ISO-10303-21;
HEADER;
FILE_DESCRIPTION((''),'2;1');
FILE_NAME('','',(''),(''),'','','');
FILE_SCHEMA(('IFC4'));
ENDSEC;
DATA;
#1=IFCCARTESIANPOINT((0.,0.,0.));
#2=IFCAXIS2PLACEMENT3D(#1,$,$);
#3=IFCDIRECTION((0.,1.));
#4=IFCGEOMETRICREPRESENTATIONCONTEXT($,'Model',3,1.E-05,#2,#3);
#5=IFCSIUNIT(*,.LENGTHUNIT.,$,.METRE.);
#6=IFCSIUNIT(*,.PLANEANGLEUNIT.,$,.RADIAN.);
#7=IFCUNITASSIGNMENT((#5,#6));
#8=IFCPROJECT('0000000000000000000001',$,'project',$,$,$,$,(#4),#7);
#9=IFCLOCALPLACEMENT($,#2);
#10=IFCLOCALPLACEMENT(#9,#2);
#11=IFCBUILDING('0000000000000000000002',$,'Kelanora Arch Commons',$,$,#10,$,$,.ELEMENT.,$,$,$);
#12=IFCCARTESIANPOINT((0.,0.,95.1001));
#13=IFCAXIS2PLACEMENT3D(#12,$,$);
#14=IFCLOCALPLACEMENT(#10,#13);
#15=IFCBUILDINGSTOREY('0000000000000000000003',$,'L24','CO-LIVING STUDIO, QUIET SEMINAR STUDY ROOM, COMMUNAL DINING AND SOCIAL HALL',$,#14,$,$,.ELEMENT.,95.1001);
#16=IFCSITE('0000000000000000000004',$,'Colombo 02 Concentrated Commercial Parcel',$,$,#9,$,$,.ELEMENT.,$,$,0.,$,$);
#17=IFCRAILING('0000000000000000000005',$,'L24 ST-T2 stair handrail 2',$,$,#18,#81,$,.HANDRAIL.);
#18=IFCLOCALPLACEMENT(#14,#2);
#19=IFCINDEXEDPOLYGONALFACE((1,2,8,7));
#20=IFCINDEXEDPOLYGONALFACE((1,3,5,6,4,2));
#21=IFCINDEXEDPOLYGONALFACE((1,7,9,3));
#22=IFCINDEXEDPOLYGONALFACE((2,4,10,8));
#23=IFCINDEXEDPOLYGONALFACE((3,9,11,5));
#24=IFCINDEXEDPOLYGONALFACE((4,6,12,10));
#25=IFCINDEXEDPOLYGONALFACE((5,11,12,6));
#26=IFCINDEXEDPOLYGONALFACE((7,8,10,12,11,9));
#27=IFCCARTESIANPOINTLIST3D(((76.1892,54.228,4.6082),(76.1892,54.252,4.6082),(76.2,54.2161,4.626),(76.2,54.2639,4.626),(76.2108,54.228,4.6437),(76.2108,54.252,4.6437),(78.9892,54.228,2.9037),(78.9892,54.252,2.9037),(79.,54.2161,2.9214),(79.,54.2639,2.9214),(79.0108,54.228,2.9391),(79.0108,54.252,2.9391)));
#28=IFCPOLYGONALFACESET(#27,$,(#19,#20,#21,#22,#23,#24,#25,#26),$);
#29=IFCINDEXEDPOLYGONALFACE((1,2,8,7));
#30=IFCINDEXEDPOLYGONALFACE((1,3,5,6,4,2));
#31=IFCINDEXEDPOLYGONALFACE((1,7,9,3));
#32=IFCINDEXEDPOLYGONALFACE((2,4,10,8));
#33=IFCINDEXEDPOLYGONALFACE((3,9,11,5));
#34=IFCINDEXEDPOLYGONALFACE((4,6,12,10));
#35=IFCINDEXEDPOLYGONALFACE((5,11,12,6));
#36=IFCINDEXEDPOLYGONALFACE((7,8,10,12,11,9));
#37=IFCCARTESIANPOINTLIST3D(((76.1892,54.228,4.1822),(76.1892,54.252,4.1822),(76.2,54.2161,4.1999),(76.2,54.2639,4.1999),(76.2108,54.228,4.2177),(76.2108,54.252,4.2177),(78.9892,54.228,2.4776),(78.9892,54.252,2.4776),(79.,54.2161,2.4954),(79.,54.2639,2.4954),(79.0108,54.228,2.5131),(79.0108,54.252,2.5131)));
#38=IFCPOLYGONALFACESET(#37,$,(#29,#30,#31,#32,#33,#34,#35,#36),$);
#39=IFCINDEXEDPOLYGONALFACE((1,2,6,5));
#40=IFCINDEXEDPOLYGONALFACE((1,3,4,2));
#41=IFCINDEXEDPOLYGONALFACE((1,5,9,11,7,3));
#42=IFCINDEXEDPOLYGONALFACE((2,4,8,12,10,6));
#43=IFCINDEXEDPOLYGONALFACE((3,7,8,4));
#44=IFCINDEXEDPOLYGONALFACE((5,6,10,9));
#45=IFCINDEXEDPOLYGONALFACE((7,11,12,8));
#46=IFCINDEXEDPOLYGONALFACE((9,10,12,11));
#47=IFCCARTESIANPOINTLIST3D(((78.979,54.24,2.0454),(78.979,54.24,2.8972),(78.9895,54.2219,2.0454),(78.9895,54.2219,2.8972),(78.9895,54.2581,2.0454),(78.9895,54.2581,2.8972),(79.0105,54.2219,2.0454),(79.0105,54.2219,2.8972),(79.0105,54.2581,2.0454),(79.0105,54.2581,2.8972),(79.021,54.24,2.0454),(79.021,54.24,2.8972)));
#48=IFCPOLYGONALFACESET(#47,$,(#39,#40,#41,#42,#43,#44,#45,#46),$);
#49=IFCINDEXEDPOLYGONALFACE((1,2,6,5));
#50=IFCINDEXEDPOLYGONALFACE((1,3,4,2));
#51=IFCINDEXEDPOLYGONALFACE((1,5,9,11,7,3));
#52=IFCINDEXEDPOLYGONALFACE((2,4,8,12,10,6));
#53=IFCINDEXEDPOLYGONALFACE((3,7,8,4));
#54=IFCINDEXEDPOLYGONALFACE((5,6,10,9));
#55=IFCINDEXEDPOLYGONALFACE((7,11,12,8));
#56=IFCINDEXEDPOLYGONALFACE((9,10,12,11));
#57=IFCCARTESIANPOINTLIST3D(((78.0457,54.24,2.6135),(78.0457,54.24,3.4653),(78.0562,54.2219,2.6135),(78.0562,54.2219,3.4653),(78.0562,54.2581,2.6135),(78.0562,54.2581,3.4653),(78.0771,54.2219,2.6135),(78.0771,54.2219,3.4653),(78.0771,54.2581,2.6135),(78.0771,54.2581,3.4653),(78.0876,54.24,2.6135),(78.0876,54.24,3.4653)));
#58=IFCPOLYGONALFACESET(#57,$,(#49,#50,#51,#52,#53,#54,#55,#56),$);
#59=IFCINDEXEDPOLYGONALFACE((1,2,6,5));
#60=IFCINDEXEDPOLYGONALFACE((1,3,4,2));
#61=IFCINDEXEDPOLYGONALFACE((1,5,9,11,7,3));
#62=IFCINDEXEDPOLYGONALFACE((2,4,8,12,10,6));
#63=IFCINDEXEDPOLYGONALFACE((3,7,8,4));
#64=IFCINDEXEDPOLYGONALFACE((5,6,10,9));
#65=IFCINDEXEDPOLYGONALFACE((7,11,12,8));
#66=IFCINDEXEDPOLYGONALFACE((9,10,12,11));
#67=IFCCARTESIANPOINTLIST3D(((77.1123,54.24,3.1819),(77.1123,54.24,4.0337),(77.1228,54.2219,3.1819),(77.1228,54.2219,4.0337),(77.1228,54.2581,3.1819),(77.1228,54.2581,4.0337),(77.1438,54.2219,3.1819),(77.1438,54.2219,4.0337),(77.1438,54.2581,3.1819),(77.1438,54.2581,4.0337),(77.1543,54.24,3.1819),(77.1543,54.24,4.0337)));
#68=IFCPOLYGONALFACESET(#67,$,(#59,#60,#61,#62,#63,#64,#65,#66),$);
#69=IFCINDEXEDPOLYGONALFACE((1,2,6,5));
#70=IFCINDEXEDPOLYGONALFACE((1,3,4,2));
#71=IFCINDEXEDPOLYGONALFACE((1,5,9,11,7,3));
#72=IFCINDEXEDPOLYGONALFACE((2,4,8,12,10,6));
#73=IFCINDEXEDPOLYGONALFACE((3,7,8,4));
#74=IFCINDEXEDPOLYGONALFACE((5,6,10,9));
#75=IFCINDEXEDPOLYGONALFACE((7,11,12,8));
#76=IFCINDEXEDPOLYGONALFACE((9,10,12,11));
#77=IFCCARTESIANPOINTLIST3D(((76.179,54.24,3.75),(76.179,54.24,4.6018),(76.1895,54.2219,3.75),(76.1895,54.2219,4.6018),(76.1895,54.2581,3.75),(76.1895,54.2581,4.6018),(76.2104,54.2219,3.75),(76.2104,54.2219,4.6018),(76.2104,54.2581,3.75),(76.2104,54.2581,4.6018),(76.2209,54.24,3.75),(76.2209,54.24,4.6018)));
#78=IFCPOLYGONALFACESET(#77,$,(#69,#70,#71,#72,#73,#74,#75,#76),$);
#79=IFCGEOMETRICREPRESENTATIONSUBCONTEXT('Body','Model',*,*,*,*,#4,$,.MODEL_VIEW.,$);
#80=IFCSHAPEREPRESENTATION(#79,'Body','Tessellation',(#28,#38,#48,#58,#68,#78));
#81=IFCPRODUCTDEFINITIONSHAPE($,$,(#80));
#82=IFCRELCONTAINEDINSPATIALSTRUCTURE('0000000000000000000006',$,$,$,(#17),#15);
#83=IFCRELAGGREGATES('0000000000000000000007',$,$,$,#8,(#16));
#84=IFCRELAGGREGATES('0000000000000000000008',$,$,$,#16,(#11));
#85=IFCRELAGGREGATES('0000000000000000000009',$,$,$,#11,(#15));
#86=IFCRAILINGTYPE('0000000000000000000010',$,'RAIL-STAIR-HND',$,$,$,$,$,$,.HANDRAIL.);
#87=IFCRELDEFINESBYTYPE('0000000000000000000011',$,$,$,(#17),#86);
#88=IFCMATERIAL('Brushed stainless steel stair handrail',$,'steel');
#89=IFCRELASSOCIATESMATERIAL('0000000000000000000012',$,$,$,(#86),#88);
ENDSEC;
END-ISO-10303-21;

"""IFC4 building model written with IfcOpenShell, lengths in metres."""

from ifc_helpers import new_model, si_unit, direction, frame, origin, place, context, subcontext, project, spatial, polyline, outline, extrude, material, type_object, element, save


model = new_model("IFC4")

# Units and contexts
model_context = context("Model", 3, precision=1e-05, world=origin(), true_north=direction((0.0, 1.0)))
body_context = subcontext(model_context, "Body", "Model", "MODEL_VIEW")
ifc_project = project(units=[si_unit("LENGTHUNIT", "METRE"), si_unit("PLANEANGLEUNIT", "RADIAN")], contexts=[model_context])

# Site, building, storey
site_placement = place(None, origin())
site = spatial("IfcSite", under=ifc_project, at=site_placement, Name="Colombo 02 Concentrated Commercial Parcel", CompositionType="ELEMENT", RefElevation=0.0)
building_placement = place(site_placement, origin())
building = spatial("IfcBuilding", under=site, at=building_placement, Name="Kelanora Arch Commons", CompositionType="ELEMENT")
storey_placement = place(building_placement, frame((0.0, 0.0, 95.1001)))
storey = spatial("IfcBuildingStorey", under=building, at=storey_placement, Name="L24", Description="CO-LIVING STUDIO, QUIET SEMINAR STUDY ROOM, COMMUNAL DINING AND SOCIAL HALL", CompositionType="ELEMENT", Elevation=95.1001)

# Railing
ifc_material_1 = material(Name="Brushed stainless steel stair handrail", Category="steel")
railing_type_1 = type_object("IfcRailingType", Name="RAIL-STAIR-HND", PredefinedType="HANDRAIL", material=ifc_material_1)
railing_1_placement = place(storey_placement, frame((79.0, 54.24, 2.0454)))
element("IfcRailing", 1, at=railing_1_placement, inside=storey, type_object=railing_type_1, Name="L24 ST-T2 stair handrail 2", PredefinedType="HANDRAIL", context=body_context, shape_type="SweptSolid", body=[
    extrude(outline(polyline([(0.0239, 0.0), (0.012, 0.0208), (-0.012, 0.0208), (-0.0239, 0.0), (-0.012, -0.0208), (0.012, -0.0208), (0.0239, 0.0)])), frame((0.0, 0.0, 0.876), z_axis=(-0.85417, 0.0, 0.519994), x_axis=(0.0, -1.0, 0.0)), (0.0, 0.0, 1.0), 3.2781),
    extrude(outline(polyline([(0.0239, 0.0), (0.012, 0.0208), (-0.012, 0.0208), (-0.0239, 0.0), (-0.012, -0.0208), (0.012, -0.0208), (0.0239, 0.0)])), frame((0.0, 0.0, 0.45), z_axis=(-0.85417, 0.0, 0.519994), x_axis=(0.0, -1.0, 0.0)), (0.0, 0.0, 1.0), 3.2781),
    extrude(outline(polyline([(0.021, 0.0), (0.0105, 0.0181), (-0.0105, 0.0181), (-0.021, 0.0), (-0.0105, -0.0181), (0.0105, -0.0181), (0.021, 0.0)])), origin(), (0.0, 0.0, 1.0), 0.8518),
    extrude(outline(polyline([(0.021, 0.0), (0.0105, 0.0181), (-0.0105, 0.0181), (-0.021, 0.0), (-0.0105, -0.0181), (0.0105, -0.0181), (0.021, 0.0)])), frame((-0.9333, 0.0, 0.5681)), (0.0, 0.0, 1.0), 0.8518),
    extrude(outline(polyline([(0.021, 0.0), (0.0105, 0.0181), (-0.0105, 0.0181), (-0.021, 0.0), (-0.0105, -0.0181), (0.0105, -0.0181), (0.021, 0.0)])), frame((-1.8667, 0.0, 1.1365)), (0.0, 0.0, 1.0), 0.8518),
    extrude(outline(polyline([(0.021, 0.0), (0.0105, 0.0181), (-0.0105, 0.0181), (-0.021, 0.0), (-0.0105, -0.0181), (0.0105, -0.0181), (0.021, 0.0)])), frame((-2.8, 0.0, 1.7046)), (0.0, 0.0, 1.0), 0.8518),
])

save(model, "model.ifc")
